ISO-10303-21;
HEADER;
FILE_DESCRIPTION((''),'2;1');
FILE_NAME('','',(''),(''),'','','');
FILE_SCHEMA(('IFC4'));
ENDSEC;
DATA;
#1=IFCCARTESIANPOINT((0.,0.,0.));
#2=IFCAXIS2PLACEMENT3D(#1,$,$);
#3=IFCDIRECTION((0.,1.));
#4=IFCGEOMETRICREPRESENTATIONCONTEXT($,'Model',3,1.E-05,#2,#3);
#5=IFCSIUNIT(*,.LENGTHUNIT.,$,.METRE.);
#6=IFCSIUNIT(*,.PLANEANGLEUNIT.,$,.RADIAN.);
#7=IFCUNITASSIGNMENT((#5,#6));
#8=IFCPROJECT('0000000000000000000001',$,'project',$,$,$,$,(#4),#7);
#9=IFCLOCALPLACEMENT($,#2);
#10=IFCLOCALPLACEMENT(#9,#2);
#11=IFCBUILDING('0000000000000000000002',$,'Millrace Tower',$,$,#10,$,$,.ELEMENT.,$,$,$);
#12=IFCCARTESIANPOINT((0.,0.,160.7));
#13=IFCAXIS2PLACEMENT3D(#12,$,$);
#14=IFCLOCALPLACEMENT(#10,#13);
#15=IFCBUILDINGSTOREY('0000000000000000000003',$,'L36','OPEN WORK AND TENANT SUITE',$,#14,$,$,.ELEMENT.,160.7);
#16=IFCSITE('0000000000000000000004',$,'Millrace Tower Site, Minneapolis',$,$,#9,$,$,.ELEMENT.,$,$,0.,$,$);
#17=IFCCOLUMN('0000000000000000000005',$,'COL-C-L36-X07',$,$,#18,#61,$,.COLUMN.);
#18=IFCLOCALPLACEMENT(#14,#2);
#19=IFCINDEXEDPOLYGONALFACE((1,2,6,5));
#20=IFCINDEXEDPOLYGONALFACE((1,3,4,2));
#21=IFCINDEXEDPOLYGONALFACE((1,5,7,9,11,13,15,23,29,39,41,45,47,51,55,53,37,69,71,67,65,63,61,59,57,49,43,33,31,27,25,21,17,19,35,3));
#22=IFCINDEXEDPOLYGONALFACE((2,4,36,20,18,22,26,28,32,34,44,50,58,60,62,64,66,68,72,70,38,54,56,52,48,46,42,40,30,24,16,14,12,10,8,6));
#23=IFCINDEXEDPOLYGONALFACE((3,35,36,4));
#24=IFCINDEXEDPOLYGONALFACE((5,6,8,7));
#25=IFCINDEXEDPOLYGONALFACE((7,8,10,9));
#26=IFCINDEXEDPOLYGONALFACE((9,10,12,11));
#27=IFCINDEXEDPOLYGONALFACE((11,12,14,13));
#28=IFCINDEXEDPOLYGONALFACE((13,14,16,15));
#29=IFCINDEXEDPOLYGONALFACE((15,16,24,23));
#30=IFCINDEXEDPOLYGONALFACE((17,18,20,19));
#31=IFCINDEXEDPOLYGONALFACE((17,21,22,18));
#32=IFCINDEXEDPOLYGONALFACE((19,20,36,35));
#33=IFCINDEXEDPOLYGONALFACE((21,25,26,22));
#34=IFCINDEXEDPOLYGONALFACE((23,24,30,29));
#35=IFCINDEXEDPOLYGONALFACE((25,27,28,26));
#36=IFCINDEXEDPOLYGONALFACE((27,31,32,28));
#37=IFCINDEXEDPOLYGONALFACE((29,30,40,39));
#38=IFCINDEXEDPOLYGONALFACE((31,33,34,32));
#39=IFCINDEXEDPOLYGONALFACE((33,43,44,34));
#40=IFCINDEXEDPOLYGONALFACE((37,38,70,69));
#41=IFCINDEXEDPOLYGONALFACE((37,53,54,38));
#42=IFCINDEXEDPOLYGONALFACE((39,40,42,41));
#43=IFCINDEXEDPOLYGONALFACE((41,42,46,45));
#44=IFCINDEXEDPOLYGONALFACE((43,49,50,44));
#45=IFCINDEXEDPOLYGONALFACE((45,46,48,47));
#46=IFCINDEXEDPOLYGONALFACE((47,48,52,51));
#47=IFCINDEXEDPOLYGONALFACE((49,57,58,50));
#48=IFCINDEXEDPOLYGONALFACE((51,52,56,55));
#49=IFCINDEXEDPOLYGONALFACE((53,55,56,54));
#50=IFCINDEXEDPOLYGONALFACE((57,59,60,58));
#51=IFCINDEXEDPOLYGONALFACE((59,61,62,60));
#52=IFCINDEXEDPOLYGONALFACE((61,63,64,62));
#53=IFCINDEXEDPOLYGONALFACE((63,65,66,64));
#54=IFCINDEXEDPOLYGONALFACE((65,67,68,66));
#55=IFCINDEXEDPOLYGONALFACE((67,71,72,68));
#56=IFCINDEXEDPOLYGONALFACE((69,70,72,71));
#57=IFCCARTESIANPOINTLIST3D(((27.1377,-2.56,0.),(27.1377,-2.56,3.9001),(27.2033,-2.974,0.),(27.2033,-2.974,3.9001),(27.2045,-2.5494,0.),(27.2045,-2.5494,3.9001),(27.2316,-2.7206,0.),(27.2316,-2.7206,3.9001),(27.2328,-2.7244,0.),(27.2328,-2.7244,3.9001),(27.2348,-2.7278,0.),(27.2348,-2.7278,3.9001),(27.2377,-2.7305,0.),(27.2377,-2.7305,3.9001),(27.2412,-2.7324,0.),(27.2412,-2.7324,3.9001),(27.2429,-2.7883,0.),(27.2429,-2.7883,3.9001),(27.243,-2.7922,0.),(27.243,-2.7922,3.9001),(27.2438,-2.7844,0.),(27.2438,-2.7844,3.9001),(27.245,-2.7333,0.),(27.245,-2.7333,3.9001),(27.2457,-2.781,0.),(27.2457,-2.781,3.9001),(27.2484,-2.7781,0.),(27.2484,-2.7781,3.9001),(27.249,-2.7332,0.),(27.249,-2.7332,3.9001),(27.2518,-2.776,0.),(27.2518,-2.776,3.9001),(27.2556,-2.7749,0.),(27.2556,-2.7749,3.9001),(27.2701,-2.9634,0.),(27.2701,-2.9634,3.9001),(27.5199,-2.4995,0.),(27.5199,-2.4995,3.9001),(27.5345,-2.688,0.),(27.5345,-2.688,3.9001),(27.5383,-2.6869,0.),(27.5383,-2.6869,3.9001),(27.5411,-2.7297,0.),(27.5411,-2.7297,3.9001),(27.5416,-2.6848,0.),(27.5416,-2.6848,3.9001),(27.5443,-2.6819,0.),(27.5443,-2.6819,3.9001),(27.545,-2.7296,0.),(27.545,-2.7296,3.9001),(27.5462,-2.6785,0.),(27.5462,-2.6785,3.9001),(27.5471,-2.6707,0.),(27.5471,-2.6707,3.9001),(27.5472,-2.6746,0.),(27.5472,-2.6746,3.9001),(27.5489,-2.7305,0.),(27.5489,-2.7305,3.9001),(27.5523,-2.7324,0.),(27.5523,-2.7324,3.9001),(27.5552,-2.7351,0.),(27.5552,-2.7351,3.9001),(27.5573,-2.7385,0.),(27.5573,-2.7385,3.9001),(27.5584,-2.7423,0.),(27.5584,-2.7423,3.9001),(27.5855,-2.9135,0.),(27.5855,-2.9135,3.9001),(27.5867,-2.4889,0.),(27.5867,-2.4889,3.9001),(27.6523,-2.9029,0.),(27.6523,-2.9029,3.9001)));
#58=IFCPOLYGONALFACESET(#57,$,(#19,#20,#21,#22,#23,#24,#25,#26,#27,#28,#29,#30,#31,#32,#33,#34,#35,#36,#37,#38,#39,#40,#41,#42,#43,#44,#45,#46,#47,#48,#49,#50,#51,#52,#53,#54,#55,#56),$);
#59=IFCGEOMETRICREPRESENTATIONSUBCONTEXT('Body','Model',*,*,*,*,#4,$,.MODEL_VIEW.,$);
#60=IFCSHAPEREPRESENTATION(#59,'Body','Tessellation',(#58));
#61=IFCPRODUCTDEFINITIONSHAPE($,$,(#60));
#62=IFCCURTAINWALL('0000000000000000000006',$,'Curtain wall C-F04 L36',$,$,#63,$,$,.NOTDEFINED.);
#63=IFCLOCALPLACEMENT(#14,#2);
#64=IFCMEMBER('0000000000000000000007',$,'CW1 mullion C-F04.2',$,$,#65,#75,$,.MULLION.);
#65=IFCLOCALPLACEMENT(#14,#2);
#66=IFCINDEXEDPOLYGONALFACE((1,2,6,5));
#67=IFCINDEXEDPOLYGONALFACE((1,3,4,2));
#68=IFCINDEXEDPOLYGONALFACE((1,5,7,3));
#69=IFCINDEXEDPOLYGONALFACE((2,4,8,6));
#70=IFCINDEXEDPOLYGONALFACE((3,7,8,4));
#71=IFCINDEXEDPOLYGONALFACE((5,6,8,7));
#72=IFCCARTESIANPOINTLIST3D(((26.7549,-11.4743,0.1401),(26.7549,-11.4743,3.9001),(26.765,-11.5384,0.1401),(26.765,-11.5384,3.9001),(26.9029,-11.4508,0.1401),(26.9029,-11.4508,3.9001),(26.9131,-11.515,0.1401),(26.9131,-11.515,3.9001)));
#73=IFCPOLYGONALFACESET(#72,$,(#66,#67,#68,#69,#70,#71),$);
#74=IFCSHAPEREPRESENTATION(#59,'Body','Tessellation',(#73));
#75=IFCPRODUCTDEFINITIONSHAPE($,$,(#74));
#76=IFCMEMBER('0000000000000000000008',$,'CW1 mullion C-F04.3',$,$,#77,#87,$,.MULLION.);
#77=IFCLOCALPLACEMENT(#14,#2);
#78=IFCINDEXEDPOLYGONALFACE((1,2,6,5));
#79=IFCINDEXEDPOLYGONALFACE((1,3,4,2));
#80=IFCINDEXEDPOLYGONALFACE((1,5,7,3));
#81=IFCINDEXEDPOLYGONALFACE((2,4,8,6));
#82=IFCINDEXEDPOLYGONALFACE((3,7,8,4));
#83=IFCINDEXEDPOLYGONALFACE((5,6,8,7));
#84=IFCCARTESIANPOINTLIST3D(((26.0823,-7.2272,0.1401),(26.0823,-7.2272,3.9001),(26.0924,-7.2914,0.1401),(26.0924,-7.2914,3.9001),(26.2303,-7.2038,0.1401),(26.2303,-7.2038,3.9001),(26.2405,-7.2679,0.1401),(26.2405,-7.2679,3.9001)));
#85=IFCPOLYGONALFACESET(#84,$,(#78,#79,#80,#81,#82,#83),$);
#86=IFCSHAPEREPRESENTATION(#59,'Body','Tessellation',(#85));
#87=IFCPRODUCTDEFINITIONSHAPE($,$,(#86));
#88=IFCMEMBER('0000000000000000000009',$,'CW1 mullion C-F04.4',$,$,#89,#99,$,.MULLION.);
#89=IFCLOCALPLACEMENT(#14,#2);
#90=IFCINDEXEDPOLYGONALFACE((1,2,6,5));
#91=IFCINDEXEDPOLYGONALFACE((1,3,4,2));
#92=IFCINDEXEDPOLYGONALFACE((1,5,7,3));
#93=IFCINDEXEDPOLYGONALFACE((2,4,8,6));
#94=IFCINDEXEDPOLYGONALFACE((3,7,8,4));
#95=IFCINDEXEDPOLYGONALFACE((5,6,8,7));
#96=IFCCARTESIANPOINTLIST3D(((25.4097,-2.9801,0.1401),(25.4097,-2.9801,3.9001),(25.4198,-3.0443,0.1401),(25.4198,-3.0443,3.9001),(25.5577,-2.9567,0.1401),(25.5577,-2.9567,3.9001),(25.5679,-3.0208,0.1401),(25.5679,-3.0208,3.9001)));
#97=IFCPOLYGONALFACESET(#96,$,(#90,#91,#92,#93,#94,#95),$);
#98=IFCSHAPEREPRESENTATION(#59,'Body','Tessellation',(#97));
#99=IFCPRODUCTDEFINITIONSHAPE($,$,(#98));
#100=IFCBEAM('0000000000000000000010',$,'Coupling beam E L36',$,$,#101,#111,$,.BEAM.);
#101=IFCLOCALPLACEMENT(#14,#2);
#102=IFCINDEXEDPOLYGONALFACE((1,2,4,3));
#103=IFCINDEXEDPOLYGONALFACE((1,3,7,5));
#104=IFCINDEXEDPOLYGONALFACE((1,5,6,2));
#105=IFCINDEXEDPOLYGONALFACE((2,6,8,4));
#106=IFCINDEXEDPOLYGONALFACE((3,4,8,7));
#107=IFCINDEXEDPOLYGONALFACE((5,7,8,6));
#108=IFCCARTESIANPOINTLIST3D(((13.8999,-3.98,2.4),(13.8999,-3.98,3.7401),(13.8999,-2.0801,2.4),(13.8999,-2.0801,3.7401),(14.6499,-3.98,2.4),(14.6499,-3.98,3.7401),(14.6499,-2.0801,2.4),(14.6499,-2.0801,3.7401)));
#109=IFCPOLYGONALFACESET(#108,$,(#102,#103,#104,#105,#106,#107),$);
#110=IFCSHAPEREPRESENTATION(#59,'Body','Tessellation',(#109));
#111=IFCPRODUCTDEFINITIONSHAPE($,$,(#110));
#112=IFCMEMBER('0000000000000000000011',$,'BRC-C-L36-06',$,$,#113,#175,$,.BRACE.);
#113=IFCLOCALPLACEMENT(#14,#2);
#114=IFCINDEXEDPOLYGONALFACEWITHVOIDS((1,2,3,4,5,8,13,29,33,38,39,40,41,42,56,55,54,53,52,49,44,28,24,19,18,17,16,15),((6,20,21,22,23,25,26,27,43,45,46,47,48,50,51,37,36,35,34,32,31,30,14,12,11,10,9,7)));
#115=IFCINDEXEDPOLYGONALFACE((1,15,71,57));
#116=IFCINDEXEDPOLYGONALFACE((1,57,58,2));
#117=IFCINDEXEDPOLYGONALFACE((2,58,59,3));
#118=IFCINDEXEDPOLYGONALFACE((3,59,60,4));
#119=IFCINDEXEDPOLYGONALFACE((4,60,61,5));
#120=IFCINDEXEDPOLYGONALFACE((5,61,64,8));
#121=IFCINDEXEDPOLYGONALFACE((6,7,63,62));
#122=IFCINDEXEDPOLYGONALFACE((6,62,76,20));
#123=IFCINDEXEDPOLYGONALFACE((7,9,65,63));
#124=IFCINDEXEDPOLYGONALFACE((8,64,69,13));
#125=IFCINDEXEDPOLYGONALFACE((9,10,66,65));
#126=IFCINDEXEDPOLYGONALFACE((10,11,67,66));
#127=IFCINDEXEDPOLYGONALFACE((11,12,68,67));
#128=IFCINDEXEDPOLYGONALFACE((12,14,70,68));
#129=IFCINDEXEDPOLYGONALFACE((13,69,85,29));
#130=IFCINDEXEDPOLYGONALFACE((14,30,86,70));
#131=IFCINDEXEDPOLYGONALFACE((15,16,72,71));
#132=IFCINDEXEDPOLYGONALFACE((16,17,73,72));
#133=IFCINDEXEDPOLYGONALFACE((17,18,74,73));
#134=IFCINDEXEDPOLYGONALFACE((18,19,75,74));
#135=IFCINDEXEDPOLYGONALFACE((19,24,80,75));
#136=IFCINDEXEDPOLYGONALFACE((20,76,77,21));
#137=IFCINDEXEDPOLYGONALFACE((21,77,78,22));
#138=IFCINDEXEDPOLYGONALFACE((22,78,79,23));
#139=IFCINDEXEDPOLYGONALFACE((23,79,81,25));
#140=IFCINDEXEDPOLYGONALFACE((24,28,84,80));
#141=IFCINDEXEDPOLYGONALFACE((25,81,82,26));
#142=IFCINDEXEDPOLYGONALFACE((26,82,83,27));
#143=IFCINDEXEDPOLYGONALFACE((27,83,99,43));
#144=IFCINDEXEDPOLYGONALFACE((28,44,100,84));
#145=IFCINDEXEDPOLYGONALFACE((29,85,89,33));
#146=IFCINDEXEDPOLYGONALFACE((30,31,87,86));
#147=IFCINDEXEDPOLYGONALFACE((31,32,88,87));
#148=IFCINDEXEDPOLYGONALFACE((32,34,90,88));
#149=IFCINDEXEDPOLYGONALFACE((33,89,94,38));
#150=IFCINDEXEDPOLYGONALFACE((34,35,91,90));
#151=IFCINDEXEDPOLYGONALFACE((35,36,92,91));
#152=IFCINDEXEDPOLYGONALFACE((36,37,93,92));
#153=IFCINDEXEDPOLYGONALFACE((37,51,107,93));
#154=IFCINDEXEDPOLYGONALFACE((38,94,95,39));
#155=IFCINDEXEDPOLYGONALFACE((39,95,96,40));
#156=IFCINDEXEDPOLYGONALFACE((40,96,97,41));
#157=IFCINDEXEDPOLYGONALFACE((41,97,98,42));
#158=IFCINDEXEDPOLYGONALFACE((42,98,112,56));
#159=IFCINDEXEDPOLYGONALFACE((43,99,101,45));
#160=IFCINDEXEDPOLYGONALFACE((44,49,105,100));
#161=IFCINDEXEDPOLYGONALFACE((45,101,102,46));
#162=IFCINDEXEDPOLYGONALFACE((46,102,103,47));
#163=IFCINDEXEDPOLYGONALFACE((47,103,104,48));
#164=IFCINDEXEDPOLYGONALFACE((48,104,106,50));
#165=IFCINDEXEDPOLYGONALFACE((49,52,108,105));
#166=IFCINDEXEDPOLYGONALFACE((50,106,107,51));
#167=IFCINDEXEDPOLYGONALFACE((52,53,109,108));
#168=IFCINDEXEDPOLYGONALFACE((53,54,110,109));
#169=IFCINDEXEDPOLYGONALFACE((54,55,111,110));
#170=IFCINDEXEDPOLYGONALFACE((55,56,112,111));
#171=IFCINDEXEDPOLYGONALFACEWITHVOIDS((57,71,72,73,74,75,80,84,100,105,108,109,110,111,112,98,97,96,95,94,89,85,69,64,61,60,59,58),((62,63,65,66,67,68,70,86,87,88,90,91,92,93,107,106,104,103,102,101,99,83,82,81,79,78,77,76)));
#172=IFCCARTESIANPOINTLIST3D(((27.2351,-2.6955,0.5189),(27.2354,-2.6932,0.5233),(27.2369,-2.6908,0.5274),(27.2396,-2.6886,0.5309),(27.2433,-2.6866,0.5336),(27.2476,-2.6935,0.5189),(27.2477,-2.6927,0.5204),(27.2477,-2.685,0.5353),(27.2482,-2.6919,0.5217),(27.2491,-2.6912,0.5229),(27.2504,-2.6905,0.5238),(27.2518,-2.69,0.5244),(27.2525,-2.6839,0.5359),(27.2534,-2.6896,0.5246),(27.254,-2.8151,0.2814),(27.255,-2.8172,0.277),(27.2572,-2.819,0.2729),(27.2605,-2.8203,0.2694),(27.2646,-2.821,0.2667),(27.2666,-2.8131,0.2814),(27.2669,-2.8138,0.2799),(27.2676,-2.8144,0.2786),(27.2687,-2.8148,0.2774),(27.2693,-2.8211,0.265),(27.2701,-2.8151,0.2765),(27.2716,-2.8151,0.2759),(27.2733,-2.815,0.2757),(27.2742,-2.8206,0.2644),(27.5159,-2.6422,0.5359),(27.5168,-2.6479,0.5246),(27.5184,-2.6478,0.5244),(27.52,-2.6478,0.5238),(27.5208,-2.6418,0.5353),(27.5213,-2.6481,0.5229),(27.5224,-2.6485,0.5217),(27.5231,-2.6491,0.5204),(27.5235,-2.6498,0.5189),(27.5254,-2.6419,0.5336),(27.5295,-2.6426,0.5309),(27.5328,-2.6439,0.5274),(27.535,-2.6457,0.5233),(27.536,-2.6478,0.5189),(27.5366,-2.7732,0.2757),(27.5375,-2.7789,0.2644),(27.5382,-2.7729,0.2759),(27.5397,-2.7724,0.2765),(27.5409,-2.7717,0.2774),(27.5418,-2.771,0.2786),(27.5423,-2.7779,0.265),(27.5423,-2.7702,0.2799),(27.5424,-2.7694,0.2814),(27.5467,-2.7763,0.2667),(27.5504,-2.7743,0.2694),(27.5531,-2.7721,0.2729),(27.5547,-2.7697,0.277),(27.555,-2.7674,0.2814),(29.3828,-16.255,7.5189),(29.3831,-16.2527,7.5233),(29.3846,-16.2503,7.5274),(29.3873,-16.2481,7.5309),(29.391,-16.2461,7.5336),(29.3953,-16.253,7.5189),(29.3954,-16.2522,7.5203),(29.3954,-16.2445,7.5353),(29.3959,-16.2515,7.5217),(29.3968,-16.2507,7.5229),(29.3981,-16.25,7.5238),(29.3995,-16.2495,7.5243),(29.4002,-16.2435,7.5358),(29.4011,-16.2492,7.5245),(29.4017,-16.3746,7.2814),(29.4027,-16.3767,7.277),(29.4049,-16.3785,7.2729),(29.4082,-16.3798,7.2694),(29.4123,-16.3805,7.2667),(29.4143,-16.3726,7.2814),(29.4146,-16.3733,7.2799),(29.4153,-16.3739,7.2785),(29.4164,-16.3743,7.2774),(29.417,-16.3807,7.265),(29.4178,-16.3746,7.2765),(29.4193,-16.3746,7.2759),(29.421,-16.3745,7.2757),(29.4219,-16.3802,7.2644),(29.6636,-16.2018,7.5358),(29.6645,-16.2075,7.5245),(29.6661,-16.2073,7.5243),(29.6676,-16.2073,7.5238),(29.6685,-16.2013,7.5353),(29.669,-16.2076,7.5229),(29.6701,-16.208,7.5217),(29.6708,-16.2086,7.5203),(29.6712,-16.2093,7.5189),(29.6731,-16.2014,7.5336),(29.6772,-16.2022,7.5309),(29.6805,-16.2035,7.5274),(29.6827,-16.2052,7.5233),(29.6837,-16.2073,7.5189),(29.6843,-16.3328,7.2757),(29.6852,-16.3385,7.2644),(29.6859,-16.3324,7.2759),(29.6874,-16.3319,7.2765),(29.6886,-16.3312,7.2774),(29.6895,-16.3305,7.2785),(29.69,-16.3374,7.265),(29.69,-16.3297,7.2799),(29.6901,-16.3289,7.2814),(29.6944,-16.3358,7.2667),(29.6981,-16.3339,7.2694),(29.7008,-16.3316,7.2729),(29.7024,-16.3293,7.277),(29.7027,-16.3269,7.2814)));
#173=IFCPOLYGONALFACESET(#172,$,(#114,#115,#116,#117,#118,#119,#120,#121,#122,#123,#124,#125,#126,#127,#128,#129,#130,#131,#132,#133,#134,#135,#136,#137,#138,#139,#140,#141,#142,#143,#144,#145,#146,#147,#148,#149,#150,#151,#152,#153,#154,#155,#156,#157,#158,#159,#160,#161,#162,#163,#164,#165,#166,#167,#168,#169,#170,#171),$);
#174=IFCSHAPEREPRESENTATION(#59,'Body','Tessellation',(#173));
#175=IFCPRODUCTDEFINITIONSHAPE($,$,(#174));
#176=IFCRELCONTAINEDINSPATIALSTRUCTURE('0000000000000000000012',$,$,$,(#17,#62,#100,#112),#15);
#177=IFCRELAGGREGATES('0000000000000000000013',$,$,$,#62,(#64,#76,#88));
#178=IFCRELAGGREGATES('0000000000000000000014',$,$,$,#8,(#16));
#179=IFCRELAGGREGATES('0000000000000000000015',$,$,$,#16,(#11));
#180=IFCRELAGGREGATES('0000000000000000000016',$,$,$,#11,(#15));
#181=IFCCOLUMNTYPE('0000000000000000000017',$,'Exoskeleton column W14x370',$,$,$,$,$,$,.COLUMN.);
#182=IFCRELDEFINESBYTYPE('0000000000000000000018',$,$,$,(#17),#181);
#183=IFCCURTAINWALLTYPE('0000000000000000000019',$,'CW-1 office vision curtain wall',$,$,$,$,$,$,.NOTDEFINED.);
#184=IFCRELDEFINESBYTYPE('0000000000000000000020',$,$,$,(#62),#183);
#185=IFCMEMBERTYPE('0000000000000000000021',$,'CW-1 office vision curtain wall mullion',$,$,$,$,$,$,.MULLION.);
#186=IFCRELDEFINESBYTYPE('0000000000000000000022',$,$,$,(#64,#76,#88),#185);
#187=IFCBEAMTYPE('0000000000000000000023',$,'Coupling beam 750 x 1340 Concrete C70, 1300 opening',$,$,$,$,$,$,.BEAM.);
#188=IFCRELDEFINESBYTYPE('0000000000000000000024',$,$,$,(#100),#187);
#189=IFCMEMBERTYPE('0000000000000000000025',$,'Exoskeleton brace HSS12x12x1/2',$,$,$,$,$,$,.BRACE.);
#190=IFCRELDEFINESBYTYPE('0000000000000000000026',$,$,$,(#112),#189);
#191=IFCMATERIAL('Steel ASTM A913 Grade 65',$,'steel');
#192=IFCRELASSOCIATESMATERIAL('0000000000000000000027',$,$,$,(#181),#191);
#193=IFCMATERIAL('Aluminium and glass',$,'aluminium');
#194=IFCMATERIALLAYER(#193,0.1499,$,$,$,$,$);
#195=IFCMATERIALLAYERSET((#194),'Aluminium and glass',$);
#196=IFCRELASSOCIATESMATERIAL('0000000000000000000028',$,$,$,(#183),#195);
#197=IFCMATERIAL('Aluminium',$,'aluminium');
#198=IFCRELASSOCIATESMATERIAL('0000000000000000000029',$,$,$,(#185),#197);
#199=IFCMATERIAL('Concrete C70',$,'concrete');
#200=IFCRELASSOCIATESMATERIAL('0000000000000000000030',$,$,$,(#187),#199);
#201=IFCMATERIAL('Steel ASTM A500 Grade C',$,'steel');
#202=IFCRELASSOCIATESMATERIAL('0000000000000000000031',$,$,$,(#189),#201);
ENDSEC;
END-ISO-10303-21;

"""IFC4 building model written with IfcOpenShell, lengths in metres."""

from ifc_helpers import new_model, si_unit, direction, frame, origin, origin_2d, place, context, subcontext, project, spatial, rectangle, hollow_rectangle, i_section, extrude, material, layer, layer_set, material_profile, profile_set, type_object, element, aggregate, save


model = new_model("IFC4")

# Units and contexts
model_context = context("Model", 3, precision=1e-05, world=origin(), true_north=direction((0.0, 1.0)))
body_context = subcontext(model_context, "Body", "Model", "MODEL_VIEW")
ifc_project = project(units=[si_unit("LENGTHUNIT", "METRE"), si_unit("PLANEANGLEUNIT", "RADIAN")], contexts=[model_context])

# Site, building, storey
site_placement = place(None, origin())
site = spatial("IfcSite", under=ifc_project, at=site_placement, Name="Millrace Tower Site, Minneapolis", CompositionType="ELEMENT", RefElevation=0.0)
building_placement = place(site_placement, origin())
building = spatial("IfcBuilding", under=site, at=building_placement, Name="Millrace Tower", CompositionType="ELEMENT")
storey_placement = place(building_placement, frame((0.0, 0.0, 160.7)))
storey = spatial("IfcBuildingStorey", under=building, at=storey_placement, Name="L36", Description="OPEN WORK AND TENANT SUITE", CompositionType="ELEMENT", Elevation=160.7)

# Column
ifc_material_1 = material(Name="Steel ASTM A913 Grade 65", Category="steel")
ifc_material_profile_1 = material_profile(ifc_material_1, i_section(OverallWidth=0.4192, OverallDepth=0.4546, WebThickness=0.0422, FlangeThickness=0.0676, FilletRadius=0.0151, at=origin_2d()))
ifc_profile_set_1 = profile_set([ifc_material_profile_1], Name="Steel ASTM A913 Grade 65")
column_type = type_object("IfcColumnType", Name="Exoskeleton column W14x370", PredefinedType="COLUMN", material=ifc_profile_set_1)
column_placement = place(storey_placement, frame((27.395, -2.7314, 0.0), z_axis=(0.0, 0.0, 1.0), x_axis=(-0.156434, 0.987688, 0.0)))
element("IfcColumn", 1, at=column_placement, inside=storey, type_object=column_type, Name="COL-C-L36-X07", PredefinedType="COLUMN", context=body_context, shape_type="SweptSolid", body=[
    extrude(i_section(OverallWidth=0.4192, OverallDepth=0.4546, WebThickness=0.0422, FlangeThickness=0.0676, FilletRadius=0.0151, at=origin_2d()), origin(), (0.0, 0.0, 1.0), 3.9001),
])

# Curtain wall, members
ifc_material_2 = material(Name="Aluminium and glass", Category="aluminium")
ifc_layer_1 = layer(ifc_material_2, 0.1499)
ifc_layer_set_1 = layer_set([ifc_layer_1], Name="Aluminium and glass")
curtain_wall_type = type_object("IfcCurtainWallType", Name="CW-1 office vision curtain wall", PredefinedType="NOTDEFINED", material=ifc_layer_set_1)
placement = place(storey_placement, origin())
curtain_wall = element("IfcCurtainWall", 2, at=placement, inside=storey, type_object=curtain_wall_type, Name="Curtain wall C-F04 L36", PredefinedType="NOTDEFINED")
ifc_material_3 = material(Name="Aluminium", Category="aluminium")
ifc_material_profile_2 = material_profile(ifc_material_3, rectangle(XDim=0.0649, YDim=0.1499, at=origin_2d()))
ifc_profile_set_2 = profile_set([ifc_material_profile_2], Name="Aluminium")
member_type_1 = type_object("IfcMemberType", Name="CW-1 office vision curtain wall mullion", PredefinedType="MULLION", material=ifc_profile_set_2)
member_1_placement = place(storey_placement, frame((26.834, -11.4946, 0.1401), z_axis=(0.0, 0.0, 1.0), x_axis=(-0.156434, 0.987688, 0.0)))
member_1 = element("IfcMember", 3, at=member_1_placement, type_object=member_type_1, Name="CW1 mullion C-F04.2", PredefinedType="MULLION", context=body_context, shape_type="SweptSolid", body=[
    extrude(rectangle(XDim=0.0649, YDim=0.1499, at=origin_2d()), origin(), (0.0, 0.0, 1.0), 3.76),
])
member_2_placement = place(storey_placement, frame((26.1614, -7.2476, 0.1401), z_axis=(0.0, 0.0, 1.0), x_axis=(-0.156434, 0.987688, 0.0)))
member_2 = element("IfcMember", 4, at=member_2_placement, type_object=member_type_1, Name="CW1 mullion C-F04.3", PredefinedType="MULLION", context=body_context, shape_type="SweptSolid", body=[
    extrude(rectangle(XDim=0.0649, YDim=0.1499, at=origin_2d()), origin(), (0.0, 0.0, 1.0), 3.76),
])
member_3_placement = place(storey_placement, frame((25.4888, -3.0005, 0.1401), z_axis=(0.0, 0.0, 1.0), x_axis=(-0.156434, 0.987688, 0.0)))
member_3 = element("IfcMember", 5, at=member_3_placement, type_object=member_type_1, Name="CW1 mullion C-F04.4", PredefinedType="MULLION", context=body_context, shape_type="SweptSolid", body=[
    extrude(rectangle(XDim=0.0649, YDim=0.1499, at=origin_2d()), origin(), (0.0, 0.0, 1.0), 3.76),
])
aggregate(curtain_wall, [member_1, member_2, member_3])

# Beam
ifc_material_4 = material(Name="Concrete C70", Category="concrete")
ifc_material_profile_3 = material_profile(ifc_material_4, rectangle(XDim=0.75, YDim=1.3401, at=origin_2d()))
ifc_profile_set_3 = profile_set([ifc_material_profile_3], Name="Concrete C70")
beam_type_1 = type_object("IfcBeamType", Name="Coupling beam 750 x 1340 Concrete C70, 1300 opening", PredefinedType="BEAM", material=ifc_profile_set_3)
beam_1_placement = place(storey_placement, frame((14.2749, -2.0801, 3.0701), z_axis=(0.0, -1.0, 0.0), x_axis=(1.0, 0.0, 0.0)))
element("IfcBeam", 6, at=beam_1_placement, inside=storey, type_object=beam_type_1, Name="Coupling beam E L36", PredefinedType="BEAM", context=body_context, shape_type="SweptSolid", body=[
    extrude(rectangle(XDim=0.75, YDim=1.3401, at=origin_2d()), origin(), (0.0, 0.0, 1.0), 1.8999),
])

# Member
ifc_material_5 = material(Name="Steel ASTM A500 Grade C", Category="steel")
ifc_material_profile_4 = material_profile(ifc_material_5, hollow_rectangle(XDim=0.3047, YDim=0.3047, WallThickness=0.0127, InnerFilletRadius=0.0063, OuterFilletRadius=0.019, at=origin_2d()))
ifc_profile_set_4 = profile_set([ifc_material_profile_4], Name="Steel ASTM A500 Grade C")
member_type_2 = type_object("IfcMemberType", Name="Exoskeleton brace HSS12x12x1/2", PredefinedType="BRACE", material=ifc_profile_set_4)
member_4_placement = place(storey_placement, frame((27.395, -2.7314, 0.4001), z_axis=(0.139369, -0.879908, 0.454244), x_axis=(0.987687, 0.15644, 0.0)))
element("IfcMember", 7, at=member_4_placement, inside=storey, type_object=member_type_2, Name="BRC-C-L36-06", PredefinedType="BRACE", context=body_context, shape_type="SweptSolid", body=[
    extrude(hollow_rectangle(XDim=0.3047, YDim=0.3047, WallThickness=0.0127, InnerFilletRadius=0.0063, OuterFilletRadius=0.019, at=origin_2d()), origin(), (0.0, 0.0, 1.0), 15.4102),
])

save(model, "model.ifc")
